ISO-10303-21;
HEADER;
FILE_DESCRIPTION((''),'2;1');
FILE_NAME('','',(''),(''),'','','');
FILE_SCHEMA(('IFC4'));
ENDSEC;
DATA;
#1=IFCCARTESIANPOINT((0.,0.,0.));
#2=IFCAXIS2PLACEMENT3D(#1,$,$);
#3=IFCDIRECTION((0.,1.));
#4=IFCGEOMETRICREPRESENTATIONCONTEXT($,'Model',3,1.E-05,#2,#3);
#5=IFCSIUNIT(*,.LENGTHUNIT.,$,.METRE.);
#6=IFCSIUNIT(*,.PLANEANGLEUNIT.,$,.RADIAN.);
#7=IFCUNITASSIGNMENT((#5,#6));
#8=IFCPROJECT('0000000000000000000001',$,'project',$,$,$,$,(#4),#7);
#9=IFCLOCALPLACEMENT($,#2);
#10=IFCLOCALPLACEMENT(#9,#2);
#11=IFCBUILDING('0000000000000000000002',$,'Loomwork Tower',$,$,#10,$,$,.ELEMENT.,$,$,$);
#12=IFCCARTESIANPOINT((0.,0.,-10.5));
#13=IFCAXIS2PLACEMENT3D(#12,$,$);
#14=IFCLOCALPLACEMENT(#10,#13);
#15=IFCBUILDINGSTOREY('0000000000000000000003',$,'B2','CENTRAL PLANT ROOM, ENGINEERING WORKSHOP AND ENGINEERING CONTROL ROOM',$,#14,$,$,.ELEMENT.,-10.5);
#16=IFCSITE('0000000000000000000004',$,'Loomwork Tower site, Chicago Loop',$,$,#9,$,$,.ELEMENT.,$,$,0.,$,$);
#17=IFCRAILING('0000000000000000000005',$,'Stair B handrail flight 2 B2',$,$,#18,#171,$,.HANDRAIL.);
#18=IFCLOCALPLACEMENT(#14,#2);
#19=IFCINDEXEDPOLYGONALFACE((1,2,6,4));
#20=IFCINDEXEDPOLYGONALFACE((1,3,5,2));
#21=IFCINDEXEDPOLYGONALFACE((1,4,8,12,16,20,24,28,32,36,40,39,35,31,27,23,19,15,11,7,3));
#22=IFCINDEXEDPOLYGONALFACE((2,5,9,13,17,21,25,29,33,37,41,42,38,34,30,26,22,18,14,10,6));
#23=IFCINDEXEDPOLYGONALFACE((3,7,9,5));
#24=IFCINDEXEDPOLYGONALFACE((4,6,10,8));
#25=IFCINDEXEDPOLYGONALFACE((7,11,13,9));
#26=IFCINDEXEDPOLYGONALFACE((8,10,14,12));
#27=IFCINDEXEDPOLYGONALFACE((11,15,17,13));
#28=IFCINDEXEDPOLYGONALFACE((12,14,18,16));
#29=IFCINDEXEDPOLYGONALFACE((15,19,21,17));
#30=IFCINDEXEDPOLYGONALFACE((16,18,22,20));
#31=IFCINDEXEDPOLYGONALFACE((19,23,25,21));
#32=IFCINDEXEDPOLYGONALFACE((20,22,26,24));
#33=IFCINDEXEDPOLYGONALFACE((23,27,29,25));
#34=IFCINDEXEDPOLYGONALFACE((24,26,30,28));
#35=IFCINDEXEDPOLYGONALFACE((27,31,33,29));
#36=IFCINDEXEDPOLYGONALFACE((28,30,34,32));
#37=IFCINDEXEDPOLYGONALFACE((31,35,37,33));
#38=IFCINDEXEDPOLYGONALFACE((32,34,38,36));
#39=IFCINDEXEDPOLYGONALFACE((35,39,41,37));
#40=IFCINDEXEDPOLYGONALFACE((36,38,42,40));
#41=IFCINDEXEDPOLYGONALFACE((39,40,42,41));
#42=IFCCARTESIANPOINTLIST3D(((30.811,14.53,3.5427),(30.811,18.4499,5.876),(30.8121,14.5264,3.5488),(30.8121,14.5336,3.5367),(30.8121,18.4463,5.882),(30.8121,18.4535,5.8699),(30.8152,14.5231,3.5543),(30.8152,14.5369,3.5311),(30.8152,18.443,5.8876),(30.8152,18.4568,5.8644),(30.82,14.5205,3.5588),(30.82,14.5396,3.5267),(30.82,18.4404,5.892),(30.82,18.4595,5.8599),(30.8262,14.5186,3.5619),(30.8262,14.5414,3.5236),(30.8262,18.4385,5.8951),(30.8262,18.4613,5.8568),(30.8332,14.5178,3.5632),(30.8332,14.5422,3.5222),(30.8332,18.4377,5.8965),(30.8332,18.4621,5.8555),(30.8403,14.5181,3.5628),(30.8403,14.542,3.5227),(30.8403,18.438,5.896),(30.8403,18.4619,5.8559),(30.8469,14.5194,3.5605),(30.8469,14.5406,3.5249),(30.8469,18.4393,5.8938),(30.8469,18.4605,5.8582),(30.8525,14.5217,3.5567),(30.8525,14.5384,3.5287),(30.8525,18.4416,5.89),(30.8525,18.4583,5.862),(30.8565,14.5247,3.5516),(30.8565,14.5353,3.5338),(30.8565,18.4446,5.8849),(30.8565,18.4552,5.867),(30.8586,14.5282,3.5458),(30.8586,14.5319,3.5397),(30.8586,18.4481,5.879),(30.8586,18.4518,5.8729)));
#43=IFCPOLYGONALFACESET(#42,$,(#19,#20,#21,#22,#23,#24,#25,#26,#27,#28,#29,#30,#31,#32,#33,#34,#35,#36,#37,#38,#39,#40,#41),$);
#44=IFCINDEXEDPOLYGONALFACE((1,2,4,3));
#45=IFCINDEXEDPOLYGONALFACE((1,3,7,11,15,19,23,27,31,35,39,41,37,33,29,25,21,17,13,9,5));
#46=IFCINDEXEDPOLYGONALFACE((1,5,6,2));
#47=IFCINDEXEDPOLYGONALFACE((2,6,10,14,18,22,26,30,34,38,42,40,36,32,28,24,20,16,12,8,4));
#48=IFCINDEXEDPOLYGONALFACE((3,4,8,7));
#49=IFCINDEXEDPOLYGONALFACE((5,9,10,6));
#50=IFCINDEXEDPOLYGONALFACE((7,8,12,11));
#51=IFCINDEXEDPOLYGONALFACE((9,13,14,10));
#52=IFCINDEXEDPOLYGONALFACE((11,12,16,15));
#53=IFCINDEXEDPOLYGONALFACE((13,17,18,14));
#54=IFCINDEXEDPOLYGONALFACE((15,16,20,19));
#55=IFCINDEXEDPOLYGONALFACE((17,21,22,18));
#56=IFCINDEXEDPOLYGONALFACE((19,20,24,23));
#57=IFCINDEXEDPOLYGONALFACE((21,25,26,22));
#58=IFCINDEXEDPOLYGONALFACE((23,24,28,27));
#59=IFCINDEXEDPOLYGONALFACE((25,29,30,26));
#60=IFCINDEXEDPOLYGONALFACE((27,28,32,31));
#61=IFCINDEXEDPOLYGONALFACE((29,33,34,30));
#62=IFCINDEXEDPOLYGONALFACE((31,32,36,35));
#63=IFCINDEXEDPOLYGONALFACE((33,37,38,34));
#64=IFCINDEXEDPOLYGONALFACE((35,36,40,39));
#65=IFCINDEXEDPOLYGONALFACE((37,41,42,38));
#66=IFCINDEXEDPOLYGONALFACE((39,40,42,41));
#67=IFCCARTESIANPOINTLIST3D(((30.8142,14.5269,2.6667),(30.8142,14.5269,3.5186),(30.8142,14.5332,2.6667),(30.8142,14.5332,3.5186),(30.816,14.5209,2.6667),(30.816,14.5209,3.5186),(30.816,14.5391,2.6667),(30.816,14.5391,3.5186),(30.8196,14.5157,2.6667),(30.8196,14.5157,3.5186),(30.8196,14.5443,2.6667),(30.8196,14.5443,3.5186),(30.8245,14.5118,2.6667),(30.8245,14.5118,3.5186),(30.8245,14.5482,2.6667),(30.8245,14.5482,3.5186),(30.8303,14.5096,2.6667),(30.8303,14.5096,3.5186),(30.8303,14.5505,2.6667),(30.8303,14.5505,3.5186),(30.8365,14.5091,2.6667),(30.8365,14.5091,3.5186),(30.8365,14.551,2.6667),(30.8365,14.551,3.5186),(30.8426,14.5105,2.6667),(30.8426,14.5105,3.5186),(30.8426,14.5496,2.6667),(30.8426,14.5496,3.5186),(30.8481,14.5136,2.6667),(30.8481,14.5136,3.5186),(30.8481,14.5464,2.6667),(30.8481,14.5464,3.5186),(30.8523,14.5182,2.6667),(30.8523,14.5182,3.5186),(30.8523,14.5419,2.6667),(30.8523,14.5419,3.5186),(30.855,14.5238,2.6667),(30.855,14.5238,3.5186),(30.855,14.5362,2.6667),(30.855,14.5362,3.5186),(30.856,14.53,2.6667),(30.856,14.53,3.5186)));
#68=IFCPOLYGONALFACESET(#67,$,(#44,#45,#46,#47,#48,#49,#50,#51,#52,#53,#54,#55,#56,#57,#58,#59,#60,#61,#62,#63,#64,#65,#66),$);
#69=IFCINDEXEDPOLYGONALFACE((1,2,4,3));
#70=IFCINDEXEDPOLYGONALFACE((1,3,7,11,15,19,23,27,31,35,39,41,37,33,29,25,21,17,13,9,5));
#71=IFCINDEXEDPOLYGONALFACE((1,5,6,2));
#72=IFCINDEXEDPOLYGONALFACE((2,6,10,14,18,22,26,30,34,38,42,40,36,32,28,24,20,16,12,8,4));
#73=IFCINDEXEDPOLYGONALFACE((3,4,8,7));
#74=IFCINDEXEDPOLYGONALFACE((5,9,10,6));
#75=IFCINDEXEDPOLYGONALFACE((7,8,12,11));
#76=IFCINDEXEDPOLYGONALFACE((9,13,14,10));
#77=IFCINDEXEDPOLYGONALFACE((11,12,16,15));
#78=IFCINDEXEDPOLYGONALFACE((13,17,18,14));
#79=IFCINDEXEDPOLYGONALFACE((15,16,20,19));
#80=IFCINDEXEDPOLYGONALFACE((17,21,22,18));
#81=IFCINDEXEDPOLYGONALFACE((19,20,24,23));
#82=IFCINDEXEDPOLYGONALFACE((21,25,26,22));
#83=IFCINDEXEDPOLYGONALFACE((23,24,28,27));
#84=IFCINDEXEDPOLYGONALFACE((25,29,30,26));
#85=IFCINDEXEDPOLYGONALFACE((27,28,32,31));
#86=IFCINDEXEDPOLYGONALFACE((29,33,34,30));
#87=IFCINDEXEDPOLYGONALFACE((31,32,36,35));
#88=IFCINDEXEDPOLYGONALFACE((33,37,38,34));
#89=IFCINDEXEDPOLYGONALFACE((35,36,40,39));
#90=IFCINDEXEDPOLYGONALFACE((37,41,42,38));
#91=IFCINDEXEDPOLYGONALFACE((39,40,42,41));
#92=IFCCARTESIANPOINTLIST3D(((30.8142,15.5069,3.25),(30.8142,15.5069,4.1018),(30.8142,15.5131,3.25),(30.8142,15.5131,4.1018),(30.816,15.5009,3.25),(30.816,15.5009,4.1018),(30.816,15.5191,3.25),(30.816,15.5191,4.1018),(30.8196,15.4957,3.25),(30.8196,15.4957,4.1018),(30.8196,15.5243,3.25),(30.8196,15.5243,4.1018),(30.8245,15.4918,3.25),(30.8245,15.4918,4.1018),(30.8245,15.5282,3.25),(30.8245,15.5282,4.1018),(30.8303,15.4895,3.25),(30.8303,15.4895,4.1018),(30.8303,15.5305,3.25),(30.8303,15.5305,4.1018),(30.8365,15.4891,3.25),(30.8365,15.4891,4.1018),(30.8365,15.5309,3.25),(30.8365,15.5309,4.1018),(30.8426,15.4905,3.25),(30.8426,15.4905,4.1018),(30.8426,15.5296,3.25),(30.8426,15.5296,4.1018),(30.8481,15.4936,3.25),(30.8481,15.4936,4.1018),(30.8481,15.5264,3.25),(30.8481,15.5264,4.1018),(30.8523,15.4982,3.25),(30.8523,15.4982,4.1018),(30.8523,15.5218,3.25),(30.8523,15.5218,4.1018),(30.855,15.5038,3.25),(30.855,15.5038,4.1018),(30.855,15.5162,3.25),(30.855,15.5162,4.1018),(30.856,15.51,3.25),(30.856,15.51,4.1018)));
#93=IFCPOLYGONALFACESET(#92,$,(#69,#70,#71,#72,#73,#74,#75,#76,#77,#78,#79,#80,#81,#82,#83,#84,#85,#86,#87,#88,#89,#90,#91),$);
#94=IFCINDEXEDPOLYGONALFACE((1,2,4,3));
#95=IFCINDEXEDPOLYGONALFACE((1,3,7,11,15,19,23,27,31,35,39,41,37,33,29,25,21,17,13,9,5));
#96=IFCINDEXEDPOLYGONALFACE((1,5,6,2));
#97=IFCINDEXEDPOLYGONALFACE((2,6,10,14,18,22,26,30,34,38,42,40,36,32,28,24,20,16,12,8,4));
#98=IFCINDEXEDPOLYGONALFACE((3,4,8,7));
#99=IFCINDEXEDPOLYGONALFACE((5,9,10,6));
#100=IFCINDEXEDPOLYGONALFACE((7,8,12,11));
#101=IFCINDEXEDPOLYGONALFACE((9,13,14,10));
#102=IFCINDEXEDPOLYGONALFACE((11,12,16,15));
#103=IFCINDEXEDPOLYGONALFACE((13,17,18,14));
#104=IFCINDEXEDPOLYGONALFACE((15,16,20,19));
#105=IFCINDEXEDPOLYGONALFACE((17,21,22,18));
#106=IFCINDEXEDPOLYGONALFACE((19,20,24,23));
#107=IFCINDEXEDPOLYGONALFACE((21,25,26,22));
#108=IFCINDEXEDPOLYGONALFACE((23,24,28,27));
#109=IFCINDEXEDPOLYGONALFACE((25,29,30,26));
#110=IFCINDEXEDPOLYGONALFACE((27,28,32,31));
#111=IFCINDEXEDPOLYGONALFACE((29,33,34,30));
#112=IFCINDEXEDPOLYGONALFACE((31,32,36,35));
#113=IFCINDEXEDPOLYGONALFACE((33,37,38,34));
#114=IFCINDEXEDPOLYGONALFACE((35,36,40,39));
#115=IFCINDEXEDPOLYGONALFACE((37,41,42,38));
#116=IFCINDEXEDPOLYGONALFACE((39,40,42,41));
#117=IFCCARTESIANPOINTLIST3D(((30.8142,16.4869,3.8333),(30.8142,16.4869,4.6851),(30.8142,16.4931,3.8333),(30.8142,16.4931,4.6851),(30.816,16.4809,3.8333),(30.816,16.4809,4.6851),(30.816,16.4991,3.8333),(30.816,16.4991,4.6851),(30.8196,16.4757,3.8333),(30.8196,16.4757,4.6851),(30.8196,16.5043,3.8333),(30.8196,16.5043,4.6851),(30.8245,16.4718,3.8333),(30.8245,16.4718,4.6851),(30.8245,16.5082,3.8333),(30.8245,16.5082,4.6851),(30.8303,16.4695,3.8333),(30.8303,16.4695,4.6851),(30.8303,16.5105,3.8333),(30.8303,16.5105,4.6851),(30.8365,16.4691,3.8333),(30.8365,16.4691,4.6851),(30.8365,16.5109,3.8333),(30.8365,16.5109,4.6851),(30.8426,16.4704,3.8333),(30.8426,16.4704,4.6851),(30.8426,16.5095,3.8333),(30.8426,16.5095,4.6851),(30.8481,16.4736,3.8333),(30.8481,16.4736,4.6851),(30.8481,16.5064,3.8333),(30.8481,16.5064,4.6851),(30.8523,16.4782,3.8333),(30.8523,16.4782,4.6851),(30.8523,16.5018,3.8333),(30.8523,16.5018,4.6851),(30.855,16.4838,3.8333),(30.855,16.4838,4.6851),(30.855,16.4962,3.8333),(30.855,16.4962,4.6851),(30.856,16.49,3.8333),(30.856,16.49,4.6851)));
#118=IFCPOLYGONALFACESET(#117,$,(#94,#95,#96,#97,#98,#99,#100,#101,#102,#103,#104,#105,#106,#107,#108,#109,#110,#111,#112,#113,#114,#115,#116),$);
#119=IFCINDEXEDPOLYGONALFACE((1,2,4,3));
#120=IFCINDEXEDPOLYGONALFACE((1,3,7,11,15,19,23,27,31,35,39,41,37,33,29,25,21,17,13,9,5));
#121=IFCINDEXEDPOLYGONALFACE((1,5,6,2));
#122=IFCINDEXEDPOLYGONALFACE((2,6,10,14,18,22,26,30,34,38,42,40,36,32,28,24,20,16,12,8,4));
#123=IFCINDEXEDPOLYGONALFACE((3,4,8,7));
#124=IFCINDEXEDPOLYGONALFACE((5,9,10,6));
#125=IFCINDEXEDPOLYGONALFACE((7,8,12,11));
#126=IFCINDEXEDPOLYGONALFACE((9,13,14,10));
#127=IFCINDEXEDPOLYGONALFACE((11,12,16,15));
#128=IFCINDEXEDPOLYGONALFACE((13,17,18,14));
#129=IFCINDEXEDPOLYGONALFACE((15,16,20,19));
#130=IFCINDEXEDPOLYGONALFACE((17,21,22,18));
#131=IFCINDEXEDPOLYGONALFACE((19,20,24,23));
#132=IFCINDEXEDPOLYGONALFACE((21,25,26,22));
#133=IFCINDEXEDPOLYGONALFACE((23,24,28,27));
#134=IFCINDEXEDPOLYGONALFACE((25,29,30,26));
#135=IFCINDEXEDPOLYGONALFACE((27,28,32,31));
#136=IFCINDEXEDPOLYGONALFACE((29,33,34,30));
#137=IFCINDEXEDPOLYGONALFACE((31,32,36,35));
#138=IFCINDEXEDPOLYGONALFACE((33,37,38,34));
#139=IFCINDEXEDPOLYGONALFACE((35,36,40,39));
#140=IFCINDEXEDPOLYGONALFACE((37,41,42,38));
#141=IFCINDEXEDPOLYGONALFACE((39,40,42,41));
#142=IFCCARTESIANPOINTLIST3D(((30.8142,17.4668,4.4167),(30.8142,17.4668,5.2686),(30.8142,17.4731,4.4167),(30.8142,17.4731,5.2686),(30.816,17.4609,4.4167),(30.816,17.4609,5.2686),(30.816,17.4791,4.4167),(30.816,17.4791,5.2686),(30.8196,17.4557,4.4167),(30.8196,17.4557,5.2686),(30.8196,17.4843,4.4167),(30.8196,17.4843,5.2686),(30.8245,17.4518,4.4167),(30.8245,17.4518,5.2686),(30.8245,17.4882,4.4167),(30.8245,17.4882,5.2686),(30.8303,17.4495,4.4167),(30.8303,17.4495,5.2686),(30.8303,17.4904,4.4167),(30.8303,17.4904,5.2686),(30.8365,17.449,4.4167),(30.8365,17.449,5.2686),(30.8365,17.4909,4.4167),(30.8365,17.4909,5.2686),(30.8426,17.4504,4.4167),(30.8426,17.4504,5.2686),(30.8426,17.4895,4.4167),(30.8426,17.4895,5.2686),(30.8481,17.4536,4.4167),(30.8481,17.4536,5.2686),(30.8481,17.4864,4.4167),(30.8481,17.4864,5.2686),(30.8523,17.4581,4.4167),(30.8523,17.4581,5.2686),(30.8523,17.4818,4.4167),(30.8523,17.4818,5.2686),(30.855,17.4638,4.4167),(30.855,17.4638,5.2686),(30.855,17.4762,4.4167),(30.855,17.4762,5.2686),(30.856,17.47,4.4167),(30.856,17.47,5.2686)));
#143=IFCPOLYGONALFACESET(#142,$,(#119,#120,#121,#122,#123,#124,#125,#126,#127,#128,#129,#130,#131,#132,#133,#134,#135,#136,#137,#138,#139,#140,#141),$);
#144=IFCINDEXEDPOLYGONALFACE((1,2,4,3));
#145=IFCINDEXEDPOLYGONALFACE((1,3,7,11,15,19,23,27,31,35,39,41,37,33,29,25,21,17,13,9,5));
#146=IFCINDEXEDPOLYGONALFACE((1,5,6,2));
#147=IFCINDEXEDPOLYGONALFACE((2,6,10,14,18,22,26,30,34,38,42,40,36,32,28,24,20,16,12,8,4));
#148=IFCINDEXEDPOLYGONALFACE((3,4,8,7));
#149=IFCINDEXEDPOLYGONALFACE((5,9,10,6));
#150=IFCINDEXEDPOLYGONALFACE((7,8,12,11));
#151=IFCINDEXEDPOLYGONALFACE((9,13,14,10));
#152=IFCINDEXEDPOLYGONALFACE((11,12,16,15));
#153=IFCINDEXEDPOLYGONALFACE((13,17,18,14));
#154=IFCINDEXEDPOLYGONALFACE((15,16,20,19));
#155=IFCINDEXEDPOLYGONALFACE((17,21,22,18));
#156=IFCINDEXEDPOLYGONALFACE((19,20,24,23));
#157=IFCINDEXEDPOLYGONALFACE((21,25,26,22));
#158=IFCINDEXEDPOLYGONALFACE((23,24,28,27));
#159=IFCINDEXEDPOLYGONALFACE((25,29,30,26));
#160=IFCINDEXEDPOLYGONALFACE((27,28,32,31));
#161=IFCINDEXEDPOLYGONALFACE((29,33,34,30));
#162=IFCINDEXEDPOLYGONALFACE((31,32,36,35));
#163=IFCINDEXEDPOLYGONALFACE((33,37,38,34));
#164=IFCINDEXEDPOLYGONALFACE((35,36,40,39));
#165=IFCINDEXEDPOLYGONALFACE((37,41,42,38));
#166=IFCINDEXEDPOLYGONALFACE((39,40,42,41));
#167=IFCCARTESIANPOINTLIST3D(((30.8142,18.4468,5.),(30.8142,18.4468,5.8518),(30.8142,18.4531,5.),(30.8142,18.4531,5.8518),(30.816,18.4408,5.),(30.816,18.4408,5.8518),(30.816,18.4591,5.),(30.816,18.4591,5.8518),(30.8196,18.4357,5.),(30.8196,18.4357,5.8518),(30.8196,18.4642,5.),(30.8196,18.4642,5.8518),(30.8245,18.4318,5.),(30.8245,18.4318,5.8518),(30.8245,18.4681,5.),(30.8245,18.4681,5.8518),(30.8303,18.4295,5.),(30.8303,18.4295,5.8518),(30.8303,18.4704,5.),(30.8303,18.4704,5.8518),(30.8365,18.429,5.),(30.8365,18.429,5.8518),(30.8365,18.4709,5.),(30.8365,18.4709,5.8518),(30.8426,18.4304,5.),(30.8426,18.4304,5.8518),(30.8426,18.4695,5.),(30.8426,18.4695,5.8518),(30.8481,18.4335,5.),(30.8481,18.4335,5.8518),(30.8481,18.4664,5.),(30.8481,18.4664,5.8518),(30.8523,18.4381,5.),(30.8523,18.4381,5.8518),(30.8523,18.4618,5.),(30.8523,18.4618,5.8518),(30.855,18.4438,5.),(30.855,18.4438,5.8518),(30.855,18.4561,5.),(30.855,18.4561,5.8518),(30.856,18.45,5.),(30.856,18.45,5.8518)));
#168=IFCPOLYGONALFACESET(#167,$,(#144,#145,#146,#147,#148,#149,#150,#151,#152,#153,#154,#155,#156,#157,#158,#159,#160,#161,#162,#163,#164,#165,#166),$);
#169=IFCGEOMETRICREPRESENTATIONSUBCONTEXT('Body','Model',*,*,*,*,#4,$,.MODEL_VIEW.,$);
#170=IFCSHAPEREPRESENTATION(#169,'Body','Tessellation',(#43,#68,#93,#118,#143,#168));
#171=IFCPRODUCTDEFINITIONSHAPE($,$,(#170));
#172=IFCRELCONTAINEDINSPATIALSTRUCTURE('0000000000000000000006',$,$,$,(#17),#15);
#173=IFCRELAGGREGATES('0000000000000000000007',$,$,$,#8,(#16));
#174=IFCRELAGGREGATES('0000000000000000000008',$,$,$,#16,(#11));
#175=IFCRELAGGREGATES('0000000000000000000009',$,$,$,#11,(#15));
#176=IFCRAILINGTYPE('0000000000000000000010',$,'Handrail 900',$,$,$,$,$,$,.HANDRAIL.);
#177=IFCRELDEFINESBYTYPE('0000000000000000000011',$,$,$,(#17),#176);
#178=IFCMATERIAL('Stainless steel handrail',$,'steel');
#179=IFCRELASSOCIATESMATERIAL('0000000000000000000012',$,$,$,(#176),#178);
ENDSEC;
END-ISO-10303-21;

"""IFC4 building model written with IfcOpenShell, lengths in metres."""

from ifc_helpers import new_model, si_unit, direction, frame, origin, origin_2d, place, context, subcontext, project, spatial, circle, extrude, material, type_object, element, save


model = new_model("IFC4")

# Units and contexts
model_context = context("Model", 3, precision=1e-05, world=origin(), true_north=direction((0.0, 1.0)))
body_context = subcontext(model_context, "Body", "Model", "MODEL_VIEW")
ifc_project = project(units=[si_unit("LENGTHUNIT", "METRE"), si_unit("PLANEANGLEUNIT", "RADIAN")], contexts=[model_context])

# Site, building, storey
site_placement = place(None, origin())
site = spatial("IfcSite", under=ifc_project, at=site_placement, Name="Loomwork Tower site, Chicago Loop", CompositionType="ELEMENT", RefElevation=0.0)
building_placement = place(site_placement, origin())
building = spatial("IfcBuilding", under=site, at=building_placement, Name="Loomwork Tower", CompositionType="ELEMENT")
storey_placement = place(building_placement, frame((0.0, 0.0, -10.5)))
storey = spatial("IfcBuildingStorey", under=building, at=storey_placement, Name="B2", Description="CENTRAL PLANT ROOM, ENGINEERING WORKSHOP AND ENGINEERING CONTROL ROOM", CompositionType="ELEMENT", Elevation=-10.5)

# Railing
ifc_material_1 = material(Name="Stainless steel handrail", Category="steel")
railing_type = type_object("IfcRailingType", Name="Handrail 900", PredefinedType="HANDRAIL", material=ifc_material_1)
railing_1_placement = place(storey_placement, frame((30.835, 14.53, 2.6667)))
element("IfcRailing", 1, at=railing_1_placement, inside=storey, type_object=railing_type, Name="Stair B handrail flight 2 B2", PredefinedType="HANDRAIL", context=body_context, shape_type="SweptSolid", body=[
    extrude(circle(Radius=0.0239, at=origin_2d()), frame((0.0, 0.0, 0.876), z_axis=(0.0, 0.859296, 0.511478), x_axis=(-1.0, 0.0, 0.0)), (0.0, 0.0, 1.0), 4.5618),
    extrude(circle(Radius=0.021, at=origin_2d()), origin(), (0.0, 0.0, 1.0), 0.8518),
    extrude(circle(Radius=0.021, at=origin_2d()), frame((0.0, 0.98, 0.5833)), (0.0, 0.0, 1.0), 0.8518),
    extrude(circle(Radius=0.021, at=origin_2d()), frame((0.0, 1.96, 1.1665)), (0.0, 0.0, 1.0), 0.8518),
    extrude(circle(Radius=0.021, at=origin_2d()), frame((0.0, 2.9399, 1.75)), (0.0, 0.0, 1.0), 0.8518),
    extrude(circle(Radius=0.021, at=origin_2d()), frame((0.0, 3.9199, 2.3333)), (0.0, 0.0, 1.0), 0.8518),
])

save(model, "model.ifc")
